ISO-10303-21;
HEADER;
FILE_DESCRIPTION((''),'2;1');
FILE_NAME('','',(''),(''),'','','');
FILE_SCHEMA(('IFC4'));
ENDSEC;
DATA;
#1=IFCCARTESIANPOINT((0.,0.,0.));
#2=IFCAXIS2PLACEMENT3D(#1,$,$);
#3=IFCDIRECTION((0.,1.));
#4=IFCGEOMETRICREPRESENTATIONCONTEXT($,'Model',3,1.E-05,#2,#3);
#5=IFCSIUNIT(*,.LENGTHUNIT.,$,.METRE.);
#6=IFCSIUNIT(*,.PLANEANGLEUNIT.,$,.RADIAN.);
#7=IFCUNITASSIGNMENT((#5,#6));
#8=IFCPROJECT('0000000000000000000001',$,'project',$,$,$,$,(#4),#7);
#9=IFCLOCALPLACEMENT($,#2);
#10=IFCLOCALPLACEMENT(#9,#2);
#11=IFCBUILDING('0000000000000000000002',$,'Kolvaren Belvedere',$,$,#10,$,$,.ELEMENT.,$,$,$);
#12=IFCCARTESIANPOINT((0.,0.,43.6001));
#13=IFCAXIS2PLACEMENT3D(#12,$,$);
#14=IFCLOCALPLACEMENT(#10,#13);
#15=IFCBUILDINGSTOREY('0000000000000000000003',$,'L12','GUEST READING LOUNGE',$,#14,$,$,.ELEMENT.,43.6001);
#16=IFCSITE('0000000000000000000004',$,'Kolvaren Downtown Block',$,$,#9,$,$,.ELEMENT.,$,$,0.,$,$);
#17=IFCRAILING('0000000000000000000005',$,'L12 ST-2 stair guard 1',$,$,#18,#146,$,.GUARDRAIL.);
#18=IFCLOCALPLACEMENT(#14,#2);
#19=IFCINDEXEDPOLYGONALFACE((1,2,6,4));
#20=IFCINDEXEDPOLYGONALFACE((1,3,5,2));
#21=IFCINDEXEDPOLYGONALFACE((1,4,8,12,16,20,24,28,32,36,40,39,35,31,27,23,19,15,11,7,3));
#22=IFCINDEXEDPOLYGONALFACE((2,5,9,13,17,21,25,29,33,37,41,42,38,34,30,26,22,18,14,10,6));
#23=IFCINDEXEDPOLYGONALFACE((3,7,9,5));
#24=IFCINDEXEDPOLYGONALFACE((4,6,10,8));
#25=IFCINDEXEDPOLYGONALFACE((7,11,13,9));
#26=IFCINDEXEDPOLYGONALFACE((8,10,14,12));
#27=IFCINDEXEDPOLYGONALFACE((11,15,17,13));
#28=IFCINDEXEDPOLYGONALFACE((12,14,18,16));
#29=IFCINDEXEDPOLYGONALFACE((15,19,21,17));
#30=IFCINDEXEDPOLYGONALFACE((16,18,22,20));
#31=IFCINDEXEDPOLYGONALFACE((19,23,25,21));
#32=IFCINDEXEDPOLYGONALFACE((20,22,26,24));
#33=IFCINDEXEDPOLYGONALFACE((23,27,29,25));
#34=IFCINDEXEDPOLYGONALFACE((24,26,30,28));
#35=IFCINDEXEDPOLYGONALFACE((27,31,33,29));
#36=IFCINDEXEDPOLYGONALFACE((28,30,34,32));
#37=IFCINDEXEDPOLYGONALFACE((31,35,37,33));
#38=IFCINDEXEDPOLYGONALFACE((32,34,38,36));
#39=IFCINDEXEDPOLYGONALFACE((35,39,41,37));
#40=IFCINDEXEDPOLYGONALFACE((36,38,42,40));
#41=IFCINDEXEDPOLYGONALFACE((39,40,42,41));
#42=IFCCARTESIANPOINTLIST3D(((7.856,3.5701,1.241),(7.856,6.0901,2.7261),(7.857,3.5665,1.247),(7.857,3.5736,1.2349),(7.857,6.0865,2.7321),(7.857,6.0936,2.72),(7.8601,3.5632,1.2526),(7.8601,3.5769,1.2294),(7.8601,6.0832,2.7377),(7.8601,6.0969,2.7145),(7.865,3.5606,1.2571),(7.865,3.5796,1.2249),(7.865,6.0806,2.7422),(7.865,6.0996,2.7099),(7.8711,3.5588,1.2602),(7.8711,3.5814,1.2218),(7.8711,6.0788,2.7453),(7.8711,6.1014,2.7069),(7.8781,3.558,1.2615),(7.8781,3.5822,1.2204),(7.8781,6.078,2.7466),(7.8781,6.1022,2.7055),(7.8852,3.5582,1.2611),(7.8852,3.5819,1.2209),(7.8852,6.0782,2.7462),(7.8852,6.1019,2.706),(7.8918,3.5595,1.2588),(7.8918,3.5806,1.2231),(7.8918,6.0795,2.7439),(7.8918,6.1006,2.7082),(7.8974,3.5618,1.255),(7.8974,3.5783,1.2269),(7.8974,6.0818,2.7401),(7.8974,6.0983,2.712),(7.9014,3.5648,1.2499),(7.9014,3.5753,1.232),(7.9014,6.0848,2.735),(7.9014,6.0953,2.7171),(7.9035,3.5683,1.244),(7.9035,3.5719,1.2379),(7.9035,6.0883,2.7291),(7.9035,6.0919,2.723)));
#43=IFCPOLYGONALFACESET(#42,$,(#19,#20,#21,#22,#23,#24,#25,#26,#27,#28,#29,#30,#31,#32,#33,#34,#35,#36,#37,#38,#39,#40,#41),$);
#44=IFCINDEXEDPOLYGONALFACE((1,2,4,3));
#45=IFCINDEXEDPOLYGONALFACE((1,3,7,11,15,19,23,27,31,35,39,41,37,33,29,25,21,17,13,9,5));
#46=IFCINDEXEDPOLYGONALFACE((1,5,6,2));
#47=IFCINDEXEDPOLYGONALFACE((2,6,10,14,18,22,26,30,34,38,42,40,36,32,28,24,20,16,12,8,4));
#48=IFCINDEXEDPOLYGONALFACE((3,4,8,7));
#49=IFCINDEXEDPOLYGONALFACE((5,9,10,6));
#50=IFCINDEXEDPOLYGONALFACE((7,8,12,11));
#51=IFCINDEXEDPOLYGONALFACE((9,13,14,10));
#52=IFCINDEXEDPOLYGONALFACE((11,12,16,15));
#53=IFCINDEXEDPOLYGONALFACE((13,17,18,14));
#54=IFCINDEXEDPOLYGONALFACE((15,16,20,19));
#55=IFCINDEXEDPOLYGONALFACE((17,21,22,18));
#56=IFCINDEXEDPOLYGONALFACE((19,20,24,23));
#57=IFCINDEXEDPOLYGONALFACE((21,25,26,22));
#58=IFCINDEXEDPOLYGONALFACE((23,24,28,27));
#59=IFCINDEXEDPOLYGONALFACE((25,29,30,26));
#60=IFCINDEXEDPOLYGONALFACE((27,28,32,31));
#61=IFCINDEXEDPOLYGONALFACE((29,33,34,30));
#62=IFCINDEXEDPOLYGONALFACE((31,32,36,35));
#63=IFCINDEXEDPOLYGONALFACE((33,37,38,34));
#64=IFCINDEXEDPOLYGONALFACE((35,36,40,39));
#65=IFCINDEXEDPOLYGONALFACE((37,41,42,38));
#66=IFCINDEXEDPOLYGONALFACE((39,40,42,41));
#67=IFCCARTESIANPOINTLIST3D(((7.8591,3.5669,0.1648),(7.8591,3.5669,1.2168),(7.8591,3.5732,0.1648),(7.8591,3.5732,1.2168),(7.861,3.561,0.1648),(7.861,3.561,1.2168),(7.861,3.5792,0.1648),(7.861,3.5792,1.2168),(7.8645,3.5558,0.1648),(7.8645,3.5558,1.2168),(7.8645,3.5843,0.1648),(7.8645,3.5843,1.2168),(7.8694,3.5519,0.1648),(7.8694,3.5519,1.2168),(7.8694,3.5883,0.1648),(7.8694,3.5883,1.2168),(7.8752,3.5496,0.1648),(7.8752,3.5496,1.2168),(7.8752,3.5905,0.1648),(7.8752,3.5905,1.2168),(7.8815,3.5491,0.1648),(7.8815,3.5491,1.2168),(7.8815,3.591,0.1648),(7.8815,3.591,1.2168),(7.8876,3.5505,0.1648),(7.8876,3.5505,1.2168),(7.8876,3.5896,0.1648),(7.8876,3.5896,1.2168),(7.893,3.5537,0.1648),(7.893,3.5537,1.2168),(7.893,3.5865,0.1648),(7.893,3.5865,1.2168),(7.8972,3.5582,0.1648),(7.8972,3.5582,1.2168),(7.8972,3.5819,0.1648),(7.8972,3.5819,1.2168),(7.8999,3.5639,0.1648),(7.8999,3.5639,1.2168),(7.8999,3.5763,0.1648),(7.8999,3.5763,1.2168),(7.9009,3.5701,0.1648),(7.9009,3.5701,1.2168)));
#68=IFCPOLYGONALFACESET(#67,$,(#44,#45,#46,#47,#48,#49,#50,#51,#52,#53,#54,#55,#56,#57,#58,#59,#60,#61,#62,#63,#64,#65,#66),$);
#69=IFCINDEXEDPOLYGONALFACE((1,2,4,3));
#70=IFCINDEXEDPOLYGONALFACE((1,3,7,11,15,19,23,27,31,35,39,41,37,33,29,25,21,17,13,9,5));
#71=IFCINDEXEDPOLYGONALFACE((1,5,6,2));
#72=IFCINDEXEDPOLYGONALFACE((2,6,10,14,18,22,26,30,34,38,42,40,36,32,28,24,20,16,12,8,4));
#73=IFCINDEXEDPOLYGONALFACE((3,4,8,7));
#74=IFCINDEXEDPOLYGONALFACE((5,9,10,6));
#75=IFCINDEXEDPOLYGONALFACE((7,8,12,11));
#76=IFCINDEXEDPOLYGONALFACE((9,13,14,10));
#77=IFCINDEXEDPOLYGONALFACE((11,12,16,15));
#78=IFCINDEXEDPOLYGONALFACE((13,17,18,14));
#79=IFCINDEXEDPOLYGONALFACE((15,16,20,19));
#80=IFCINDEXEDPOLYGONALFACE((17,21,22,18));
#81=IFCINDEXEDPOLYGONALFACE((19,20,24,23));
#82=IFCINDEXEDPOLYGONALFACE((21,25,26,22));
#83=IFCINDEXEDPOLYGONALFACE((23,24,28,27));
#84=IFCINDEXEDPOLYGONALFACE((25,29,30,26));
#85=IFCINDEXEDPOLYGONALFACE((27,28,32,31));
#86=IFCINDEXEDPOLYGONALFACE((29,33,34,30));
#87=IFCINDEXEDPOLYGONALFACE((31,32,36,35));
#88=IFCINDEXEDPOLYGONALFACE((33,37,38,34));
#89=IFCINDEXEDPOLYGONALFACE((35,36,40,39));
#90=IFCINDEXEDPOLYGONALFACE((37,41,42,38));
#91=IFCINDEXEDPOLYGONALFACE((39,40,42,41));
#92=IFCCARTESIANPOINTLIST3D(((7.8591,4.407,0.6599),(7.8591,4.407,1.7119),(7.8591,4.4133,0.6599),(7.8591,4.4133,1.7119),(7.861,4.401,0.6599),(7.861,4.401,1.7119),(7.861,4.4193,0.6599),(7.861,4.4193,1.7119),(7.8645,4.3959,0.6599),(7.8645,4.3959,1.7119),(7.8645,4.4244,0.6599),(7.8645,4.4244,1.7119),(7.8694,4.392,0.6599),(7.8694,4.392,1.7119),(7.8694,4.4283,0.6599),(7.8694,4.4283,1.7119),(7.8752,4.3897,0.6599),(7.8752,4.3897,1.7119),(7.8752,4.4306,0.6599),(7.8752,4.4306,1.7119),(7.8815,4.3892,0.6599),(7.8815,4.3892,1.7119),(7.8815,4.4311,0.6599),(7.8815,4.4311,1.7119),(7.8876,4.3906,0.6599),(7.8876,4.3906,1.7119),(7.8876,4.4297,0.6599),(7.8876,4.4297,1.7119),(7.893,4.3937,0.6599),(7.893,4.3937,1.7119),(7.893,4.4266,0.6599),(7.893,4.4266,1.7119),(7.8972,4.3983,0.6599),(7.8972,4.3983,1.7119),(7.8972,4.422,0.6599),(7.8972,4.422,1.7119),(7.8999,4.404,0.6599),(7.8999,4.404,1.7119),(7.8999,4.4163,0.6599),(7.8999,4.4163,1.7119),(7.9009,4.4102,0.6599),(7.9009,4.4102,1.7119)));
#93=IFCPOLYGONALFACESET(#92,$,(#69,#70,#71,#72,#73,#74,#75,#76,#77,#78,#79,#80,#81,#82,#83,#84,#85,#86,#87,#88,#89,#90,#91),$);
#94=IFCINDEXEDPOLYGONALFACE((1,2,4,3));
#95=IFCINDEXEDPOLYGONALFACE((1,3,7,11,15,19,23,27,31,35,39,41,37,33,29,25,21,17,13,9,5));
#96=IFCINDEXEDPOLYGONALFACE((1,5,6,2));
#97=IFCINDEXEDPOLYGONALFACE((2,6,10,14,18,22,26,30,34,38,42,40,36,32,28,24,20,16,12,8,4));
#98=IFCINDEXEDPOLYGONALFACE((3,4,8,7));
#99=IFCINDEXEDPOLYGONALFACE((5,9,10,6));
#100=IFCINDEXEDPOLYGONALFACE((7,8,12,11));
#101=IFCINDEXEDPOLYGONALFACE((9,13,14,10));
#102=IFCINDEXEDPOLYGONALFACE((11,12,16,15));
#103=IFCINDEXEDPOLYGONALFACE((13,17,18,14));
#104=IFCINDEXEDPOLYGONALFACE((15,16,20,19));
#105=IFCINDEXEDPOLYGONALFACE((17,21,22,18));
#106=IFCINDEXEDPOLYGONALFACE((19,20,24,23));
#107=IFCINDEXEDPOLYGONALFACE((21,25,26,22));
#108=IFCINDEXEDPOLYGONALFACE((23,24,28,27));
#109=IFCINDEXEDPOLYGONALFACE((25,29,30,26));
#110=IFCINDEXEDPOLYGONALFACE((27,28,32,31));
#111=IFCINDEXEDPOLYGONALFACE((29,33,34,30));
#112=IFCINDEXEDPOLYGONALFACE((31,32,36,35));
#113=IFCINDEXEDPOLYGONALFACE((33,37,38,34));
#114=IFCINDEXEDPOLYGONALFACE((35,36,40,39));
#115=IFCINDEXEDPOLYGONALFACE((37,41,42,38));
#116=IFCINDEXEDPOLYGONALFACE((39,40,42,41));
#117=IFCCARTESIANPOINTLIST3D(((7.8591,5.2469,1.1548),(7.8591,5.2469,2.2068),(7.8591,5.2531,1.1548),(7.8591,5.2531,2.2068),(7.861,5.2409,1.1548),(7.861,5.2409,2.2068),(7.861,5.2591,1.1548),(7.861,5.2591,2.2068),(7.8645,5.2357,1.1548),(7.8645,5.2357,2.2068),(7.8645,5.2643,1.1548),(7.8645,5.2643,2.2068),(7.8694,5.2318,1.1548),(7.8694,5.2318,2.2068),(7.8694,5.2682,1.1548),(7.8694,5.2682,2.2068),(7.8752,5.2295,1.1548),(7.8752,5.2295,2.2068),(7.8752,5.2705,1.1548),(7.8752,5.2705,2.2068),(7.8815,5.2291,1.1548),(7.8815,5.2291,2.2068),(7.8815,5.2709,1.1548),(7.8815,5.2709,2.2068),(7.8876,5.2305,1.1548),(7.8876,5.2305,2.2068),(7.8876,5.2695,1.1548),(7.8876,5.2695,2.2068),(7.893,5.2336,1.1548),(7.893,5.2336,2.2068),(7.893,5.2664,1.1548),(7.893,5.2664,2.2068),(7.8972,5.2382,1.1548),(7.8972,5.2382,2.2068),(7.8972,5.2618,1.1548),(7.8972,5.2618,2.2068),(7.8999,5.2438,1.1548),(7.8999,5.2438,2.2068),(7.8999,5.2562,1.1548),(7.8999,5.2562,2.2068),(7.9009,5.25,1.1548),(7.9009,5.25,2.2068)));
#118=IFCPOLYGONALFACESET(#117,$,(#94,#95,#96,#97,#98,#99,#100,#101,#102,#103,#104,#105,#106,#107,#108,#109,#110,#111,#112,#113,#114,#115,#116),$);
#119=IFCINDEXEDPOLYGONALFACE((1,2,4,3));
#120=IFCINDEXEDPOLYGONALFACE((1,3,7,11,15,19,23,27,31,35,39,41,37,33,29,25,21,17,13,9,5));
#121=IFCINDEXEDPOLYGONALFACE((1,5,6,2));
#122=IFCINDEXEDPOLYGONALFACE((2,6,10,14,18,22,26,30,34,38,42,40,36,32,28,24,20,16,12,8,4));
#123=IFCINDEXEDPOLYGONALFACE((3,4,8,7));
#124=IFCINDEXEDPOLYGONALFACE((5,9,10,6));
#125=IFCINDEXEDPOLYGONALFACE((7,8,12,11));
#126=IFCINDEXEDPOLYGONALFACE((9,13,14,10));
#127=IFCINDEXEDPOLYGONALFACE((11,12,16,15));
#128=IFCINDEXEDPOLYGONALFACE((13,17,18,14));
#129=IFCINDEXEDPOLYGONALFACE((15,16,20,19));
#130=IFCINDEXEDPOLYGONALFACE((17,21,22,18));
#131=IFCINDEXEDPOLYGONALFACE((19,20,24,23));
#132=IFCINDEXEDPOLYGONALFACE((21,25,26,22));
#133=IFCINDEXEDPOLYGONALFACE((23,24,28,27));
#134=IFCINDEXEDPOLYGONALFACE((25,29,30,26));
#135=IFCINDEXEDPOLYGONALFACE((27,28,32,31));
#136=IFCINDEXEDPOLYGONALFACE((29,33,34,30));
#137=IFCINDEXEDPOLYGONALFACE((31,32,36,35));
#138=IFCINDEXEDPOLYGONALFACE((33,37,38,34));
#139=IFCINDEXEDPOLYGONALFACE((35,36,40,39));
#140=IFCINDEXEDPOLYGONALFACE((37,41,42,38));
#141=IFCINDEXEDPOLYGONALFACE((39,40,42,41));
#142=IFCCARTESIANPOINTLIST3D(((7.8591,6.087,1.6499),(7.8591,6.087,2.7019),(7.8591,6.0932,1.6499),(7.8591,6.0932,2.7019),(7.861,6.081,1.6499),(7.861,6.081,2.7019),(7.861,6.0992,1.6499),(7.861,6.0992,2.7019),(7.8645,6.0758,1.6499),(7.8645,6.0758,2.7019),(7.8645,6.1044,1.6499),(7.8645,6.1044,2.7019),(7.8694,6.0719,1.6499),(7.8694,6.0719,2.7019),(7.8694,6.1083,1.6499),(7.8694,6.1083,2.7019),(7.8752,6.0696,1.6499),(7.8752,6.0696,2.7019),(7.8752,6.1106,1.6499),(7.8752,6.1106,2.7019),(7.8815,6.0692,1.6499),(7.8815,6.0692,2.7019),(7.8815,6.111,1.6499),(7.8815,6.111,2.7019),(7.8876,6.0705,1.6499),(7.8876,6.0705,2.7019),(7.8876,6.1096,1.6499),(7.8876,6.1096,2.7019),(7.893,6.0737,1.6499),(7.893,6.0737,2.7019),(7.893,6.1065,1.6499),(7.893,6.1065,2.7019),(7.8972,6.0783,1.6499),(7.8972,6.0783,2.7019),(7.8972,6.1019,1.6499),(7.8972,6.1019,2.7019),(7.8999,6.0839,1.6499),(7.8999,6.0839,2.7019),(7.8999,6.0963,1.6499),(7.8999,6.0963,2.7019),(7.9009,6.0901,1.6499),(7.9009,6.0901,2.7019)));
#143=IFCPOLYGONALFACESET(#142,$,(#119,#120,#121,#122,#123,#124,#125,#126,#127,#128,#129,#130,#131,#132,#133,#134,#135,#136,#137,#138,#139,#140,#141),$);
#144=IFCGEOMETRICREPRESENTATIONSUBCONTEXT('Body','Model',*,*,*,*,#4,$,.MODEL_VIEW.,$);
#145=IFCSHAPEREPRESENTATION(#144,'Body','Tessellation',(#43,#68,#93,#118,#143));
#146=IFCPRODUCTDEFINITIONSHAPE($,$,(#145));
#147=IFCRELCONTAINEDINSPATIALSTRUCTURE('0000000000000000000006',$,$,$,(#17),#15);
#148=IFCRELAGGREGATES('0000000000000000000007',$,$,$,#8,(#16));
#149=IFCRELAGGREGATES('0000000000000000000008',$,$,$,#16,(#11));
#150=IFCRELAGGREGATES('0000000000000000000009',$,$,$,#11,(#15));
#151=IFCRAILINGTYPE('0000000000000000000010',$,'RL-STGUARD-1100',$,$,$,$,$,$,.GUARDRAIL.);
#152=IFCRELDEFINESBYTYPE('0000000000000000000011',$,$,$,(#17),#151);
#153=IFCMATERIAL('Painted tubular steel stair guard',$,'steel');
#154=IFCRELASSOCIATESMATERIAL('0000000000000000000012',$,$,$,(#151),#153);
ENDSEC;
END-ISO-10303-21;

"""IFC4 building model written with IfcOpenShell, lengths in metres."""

from ifc_helpers import new_model, si_unit, direction, frame, origin, origin_2d, place, context, subcontext, project, spatial, circle, extrude, material, type_object, element, save


model = new_model("IFC4")

# Units and contexts
model_context = context("Model", 3, precision=1e-05, world=origin(), true_north=direction((0.0, 1.0)))
body_context = subcontext(model_context, "Body", "Model", "MODEL_VIEW")
ifc_project = project(units=[si_unit("LENGTHUNIT", "METRE"), si_unit("PLANEANGLEUNIT", "RADIAN")], contexts=[model_context])

# Site, building, storey
site_placement = place(None, origin())
site = spatial("IfcSite", under=ifc_project, at=site_placement, Name="Kolvaren Downtown Block", CompositionType="ELEMENT", RefElevation=0.0)
building_placement = place(site_placement, origin())
building = spatial("IfcBuilding", under=site, at=building_placement, Name="Kolvaren Belvedere", CompositionType="ELEMENT")
storey_placement = place(building_placement, frame((0.0, 0.0, 43.6001)))
storey = spatial("IfcBuildingStorey", under=building, at=storey_placement, Name="L12", Description="GUEST READING LOUNGE", CompositionType="ELEMENT", Elevation=43.6001)

# Railing
ifc_material_1 = material(Name="Painted tubular steel stair guard", Category="steel")
railing_type_1 = type_object("IfcRailingType", Name="RL-STGUARD-1100", PredefinedType="GUARDRAIL", material=ifc_material_1)
railing_1_placement = place(storey_placement, frame((7.8799, 3.5701, 0.1648)))
element("IfcRailing", 1, at=railing_1_placement, inside=storey, type_object=railing_type_1, Name="L12 ST-2 stair guard 1", PredefinedType="GUARDRAIL", context=body_context, shape_type="SweptSolid", body=[
    extrude(circle(Radius=0.0239, at=origin_2d()), frame((0.0, 0.0, 1.0762), z_axis=(0.0, 0.861524, 0.507717), x_axis=(-1.0, 0.0, 0.0)), (0.0, 0.0, 1.0), 2.925),
    extrude(circle(Radius=0.021, at=origin_2d()), origin(), (0.0, 0.0, 1.0), 1.052),
    extrude(circle(Radius=0.021, at=origin_2d()), frame((0.0, 0.8401, 0.4951)), (0.0, 0.0, 1.0), 1.052),
    extrude(circle(Radius=0.021, at=origin_2d()), frame((0.0, 1.6799, 0.99)), (0.0, 0.0, 1.0), 1.052),
    extrude(circle(Radius=0.021, at=origin_2d()), frame((0.0, 2.52, 1.4851)), (0.0, 0.0, 1.0), 1.052),
])

save(model, "model.ifc")
